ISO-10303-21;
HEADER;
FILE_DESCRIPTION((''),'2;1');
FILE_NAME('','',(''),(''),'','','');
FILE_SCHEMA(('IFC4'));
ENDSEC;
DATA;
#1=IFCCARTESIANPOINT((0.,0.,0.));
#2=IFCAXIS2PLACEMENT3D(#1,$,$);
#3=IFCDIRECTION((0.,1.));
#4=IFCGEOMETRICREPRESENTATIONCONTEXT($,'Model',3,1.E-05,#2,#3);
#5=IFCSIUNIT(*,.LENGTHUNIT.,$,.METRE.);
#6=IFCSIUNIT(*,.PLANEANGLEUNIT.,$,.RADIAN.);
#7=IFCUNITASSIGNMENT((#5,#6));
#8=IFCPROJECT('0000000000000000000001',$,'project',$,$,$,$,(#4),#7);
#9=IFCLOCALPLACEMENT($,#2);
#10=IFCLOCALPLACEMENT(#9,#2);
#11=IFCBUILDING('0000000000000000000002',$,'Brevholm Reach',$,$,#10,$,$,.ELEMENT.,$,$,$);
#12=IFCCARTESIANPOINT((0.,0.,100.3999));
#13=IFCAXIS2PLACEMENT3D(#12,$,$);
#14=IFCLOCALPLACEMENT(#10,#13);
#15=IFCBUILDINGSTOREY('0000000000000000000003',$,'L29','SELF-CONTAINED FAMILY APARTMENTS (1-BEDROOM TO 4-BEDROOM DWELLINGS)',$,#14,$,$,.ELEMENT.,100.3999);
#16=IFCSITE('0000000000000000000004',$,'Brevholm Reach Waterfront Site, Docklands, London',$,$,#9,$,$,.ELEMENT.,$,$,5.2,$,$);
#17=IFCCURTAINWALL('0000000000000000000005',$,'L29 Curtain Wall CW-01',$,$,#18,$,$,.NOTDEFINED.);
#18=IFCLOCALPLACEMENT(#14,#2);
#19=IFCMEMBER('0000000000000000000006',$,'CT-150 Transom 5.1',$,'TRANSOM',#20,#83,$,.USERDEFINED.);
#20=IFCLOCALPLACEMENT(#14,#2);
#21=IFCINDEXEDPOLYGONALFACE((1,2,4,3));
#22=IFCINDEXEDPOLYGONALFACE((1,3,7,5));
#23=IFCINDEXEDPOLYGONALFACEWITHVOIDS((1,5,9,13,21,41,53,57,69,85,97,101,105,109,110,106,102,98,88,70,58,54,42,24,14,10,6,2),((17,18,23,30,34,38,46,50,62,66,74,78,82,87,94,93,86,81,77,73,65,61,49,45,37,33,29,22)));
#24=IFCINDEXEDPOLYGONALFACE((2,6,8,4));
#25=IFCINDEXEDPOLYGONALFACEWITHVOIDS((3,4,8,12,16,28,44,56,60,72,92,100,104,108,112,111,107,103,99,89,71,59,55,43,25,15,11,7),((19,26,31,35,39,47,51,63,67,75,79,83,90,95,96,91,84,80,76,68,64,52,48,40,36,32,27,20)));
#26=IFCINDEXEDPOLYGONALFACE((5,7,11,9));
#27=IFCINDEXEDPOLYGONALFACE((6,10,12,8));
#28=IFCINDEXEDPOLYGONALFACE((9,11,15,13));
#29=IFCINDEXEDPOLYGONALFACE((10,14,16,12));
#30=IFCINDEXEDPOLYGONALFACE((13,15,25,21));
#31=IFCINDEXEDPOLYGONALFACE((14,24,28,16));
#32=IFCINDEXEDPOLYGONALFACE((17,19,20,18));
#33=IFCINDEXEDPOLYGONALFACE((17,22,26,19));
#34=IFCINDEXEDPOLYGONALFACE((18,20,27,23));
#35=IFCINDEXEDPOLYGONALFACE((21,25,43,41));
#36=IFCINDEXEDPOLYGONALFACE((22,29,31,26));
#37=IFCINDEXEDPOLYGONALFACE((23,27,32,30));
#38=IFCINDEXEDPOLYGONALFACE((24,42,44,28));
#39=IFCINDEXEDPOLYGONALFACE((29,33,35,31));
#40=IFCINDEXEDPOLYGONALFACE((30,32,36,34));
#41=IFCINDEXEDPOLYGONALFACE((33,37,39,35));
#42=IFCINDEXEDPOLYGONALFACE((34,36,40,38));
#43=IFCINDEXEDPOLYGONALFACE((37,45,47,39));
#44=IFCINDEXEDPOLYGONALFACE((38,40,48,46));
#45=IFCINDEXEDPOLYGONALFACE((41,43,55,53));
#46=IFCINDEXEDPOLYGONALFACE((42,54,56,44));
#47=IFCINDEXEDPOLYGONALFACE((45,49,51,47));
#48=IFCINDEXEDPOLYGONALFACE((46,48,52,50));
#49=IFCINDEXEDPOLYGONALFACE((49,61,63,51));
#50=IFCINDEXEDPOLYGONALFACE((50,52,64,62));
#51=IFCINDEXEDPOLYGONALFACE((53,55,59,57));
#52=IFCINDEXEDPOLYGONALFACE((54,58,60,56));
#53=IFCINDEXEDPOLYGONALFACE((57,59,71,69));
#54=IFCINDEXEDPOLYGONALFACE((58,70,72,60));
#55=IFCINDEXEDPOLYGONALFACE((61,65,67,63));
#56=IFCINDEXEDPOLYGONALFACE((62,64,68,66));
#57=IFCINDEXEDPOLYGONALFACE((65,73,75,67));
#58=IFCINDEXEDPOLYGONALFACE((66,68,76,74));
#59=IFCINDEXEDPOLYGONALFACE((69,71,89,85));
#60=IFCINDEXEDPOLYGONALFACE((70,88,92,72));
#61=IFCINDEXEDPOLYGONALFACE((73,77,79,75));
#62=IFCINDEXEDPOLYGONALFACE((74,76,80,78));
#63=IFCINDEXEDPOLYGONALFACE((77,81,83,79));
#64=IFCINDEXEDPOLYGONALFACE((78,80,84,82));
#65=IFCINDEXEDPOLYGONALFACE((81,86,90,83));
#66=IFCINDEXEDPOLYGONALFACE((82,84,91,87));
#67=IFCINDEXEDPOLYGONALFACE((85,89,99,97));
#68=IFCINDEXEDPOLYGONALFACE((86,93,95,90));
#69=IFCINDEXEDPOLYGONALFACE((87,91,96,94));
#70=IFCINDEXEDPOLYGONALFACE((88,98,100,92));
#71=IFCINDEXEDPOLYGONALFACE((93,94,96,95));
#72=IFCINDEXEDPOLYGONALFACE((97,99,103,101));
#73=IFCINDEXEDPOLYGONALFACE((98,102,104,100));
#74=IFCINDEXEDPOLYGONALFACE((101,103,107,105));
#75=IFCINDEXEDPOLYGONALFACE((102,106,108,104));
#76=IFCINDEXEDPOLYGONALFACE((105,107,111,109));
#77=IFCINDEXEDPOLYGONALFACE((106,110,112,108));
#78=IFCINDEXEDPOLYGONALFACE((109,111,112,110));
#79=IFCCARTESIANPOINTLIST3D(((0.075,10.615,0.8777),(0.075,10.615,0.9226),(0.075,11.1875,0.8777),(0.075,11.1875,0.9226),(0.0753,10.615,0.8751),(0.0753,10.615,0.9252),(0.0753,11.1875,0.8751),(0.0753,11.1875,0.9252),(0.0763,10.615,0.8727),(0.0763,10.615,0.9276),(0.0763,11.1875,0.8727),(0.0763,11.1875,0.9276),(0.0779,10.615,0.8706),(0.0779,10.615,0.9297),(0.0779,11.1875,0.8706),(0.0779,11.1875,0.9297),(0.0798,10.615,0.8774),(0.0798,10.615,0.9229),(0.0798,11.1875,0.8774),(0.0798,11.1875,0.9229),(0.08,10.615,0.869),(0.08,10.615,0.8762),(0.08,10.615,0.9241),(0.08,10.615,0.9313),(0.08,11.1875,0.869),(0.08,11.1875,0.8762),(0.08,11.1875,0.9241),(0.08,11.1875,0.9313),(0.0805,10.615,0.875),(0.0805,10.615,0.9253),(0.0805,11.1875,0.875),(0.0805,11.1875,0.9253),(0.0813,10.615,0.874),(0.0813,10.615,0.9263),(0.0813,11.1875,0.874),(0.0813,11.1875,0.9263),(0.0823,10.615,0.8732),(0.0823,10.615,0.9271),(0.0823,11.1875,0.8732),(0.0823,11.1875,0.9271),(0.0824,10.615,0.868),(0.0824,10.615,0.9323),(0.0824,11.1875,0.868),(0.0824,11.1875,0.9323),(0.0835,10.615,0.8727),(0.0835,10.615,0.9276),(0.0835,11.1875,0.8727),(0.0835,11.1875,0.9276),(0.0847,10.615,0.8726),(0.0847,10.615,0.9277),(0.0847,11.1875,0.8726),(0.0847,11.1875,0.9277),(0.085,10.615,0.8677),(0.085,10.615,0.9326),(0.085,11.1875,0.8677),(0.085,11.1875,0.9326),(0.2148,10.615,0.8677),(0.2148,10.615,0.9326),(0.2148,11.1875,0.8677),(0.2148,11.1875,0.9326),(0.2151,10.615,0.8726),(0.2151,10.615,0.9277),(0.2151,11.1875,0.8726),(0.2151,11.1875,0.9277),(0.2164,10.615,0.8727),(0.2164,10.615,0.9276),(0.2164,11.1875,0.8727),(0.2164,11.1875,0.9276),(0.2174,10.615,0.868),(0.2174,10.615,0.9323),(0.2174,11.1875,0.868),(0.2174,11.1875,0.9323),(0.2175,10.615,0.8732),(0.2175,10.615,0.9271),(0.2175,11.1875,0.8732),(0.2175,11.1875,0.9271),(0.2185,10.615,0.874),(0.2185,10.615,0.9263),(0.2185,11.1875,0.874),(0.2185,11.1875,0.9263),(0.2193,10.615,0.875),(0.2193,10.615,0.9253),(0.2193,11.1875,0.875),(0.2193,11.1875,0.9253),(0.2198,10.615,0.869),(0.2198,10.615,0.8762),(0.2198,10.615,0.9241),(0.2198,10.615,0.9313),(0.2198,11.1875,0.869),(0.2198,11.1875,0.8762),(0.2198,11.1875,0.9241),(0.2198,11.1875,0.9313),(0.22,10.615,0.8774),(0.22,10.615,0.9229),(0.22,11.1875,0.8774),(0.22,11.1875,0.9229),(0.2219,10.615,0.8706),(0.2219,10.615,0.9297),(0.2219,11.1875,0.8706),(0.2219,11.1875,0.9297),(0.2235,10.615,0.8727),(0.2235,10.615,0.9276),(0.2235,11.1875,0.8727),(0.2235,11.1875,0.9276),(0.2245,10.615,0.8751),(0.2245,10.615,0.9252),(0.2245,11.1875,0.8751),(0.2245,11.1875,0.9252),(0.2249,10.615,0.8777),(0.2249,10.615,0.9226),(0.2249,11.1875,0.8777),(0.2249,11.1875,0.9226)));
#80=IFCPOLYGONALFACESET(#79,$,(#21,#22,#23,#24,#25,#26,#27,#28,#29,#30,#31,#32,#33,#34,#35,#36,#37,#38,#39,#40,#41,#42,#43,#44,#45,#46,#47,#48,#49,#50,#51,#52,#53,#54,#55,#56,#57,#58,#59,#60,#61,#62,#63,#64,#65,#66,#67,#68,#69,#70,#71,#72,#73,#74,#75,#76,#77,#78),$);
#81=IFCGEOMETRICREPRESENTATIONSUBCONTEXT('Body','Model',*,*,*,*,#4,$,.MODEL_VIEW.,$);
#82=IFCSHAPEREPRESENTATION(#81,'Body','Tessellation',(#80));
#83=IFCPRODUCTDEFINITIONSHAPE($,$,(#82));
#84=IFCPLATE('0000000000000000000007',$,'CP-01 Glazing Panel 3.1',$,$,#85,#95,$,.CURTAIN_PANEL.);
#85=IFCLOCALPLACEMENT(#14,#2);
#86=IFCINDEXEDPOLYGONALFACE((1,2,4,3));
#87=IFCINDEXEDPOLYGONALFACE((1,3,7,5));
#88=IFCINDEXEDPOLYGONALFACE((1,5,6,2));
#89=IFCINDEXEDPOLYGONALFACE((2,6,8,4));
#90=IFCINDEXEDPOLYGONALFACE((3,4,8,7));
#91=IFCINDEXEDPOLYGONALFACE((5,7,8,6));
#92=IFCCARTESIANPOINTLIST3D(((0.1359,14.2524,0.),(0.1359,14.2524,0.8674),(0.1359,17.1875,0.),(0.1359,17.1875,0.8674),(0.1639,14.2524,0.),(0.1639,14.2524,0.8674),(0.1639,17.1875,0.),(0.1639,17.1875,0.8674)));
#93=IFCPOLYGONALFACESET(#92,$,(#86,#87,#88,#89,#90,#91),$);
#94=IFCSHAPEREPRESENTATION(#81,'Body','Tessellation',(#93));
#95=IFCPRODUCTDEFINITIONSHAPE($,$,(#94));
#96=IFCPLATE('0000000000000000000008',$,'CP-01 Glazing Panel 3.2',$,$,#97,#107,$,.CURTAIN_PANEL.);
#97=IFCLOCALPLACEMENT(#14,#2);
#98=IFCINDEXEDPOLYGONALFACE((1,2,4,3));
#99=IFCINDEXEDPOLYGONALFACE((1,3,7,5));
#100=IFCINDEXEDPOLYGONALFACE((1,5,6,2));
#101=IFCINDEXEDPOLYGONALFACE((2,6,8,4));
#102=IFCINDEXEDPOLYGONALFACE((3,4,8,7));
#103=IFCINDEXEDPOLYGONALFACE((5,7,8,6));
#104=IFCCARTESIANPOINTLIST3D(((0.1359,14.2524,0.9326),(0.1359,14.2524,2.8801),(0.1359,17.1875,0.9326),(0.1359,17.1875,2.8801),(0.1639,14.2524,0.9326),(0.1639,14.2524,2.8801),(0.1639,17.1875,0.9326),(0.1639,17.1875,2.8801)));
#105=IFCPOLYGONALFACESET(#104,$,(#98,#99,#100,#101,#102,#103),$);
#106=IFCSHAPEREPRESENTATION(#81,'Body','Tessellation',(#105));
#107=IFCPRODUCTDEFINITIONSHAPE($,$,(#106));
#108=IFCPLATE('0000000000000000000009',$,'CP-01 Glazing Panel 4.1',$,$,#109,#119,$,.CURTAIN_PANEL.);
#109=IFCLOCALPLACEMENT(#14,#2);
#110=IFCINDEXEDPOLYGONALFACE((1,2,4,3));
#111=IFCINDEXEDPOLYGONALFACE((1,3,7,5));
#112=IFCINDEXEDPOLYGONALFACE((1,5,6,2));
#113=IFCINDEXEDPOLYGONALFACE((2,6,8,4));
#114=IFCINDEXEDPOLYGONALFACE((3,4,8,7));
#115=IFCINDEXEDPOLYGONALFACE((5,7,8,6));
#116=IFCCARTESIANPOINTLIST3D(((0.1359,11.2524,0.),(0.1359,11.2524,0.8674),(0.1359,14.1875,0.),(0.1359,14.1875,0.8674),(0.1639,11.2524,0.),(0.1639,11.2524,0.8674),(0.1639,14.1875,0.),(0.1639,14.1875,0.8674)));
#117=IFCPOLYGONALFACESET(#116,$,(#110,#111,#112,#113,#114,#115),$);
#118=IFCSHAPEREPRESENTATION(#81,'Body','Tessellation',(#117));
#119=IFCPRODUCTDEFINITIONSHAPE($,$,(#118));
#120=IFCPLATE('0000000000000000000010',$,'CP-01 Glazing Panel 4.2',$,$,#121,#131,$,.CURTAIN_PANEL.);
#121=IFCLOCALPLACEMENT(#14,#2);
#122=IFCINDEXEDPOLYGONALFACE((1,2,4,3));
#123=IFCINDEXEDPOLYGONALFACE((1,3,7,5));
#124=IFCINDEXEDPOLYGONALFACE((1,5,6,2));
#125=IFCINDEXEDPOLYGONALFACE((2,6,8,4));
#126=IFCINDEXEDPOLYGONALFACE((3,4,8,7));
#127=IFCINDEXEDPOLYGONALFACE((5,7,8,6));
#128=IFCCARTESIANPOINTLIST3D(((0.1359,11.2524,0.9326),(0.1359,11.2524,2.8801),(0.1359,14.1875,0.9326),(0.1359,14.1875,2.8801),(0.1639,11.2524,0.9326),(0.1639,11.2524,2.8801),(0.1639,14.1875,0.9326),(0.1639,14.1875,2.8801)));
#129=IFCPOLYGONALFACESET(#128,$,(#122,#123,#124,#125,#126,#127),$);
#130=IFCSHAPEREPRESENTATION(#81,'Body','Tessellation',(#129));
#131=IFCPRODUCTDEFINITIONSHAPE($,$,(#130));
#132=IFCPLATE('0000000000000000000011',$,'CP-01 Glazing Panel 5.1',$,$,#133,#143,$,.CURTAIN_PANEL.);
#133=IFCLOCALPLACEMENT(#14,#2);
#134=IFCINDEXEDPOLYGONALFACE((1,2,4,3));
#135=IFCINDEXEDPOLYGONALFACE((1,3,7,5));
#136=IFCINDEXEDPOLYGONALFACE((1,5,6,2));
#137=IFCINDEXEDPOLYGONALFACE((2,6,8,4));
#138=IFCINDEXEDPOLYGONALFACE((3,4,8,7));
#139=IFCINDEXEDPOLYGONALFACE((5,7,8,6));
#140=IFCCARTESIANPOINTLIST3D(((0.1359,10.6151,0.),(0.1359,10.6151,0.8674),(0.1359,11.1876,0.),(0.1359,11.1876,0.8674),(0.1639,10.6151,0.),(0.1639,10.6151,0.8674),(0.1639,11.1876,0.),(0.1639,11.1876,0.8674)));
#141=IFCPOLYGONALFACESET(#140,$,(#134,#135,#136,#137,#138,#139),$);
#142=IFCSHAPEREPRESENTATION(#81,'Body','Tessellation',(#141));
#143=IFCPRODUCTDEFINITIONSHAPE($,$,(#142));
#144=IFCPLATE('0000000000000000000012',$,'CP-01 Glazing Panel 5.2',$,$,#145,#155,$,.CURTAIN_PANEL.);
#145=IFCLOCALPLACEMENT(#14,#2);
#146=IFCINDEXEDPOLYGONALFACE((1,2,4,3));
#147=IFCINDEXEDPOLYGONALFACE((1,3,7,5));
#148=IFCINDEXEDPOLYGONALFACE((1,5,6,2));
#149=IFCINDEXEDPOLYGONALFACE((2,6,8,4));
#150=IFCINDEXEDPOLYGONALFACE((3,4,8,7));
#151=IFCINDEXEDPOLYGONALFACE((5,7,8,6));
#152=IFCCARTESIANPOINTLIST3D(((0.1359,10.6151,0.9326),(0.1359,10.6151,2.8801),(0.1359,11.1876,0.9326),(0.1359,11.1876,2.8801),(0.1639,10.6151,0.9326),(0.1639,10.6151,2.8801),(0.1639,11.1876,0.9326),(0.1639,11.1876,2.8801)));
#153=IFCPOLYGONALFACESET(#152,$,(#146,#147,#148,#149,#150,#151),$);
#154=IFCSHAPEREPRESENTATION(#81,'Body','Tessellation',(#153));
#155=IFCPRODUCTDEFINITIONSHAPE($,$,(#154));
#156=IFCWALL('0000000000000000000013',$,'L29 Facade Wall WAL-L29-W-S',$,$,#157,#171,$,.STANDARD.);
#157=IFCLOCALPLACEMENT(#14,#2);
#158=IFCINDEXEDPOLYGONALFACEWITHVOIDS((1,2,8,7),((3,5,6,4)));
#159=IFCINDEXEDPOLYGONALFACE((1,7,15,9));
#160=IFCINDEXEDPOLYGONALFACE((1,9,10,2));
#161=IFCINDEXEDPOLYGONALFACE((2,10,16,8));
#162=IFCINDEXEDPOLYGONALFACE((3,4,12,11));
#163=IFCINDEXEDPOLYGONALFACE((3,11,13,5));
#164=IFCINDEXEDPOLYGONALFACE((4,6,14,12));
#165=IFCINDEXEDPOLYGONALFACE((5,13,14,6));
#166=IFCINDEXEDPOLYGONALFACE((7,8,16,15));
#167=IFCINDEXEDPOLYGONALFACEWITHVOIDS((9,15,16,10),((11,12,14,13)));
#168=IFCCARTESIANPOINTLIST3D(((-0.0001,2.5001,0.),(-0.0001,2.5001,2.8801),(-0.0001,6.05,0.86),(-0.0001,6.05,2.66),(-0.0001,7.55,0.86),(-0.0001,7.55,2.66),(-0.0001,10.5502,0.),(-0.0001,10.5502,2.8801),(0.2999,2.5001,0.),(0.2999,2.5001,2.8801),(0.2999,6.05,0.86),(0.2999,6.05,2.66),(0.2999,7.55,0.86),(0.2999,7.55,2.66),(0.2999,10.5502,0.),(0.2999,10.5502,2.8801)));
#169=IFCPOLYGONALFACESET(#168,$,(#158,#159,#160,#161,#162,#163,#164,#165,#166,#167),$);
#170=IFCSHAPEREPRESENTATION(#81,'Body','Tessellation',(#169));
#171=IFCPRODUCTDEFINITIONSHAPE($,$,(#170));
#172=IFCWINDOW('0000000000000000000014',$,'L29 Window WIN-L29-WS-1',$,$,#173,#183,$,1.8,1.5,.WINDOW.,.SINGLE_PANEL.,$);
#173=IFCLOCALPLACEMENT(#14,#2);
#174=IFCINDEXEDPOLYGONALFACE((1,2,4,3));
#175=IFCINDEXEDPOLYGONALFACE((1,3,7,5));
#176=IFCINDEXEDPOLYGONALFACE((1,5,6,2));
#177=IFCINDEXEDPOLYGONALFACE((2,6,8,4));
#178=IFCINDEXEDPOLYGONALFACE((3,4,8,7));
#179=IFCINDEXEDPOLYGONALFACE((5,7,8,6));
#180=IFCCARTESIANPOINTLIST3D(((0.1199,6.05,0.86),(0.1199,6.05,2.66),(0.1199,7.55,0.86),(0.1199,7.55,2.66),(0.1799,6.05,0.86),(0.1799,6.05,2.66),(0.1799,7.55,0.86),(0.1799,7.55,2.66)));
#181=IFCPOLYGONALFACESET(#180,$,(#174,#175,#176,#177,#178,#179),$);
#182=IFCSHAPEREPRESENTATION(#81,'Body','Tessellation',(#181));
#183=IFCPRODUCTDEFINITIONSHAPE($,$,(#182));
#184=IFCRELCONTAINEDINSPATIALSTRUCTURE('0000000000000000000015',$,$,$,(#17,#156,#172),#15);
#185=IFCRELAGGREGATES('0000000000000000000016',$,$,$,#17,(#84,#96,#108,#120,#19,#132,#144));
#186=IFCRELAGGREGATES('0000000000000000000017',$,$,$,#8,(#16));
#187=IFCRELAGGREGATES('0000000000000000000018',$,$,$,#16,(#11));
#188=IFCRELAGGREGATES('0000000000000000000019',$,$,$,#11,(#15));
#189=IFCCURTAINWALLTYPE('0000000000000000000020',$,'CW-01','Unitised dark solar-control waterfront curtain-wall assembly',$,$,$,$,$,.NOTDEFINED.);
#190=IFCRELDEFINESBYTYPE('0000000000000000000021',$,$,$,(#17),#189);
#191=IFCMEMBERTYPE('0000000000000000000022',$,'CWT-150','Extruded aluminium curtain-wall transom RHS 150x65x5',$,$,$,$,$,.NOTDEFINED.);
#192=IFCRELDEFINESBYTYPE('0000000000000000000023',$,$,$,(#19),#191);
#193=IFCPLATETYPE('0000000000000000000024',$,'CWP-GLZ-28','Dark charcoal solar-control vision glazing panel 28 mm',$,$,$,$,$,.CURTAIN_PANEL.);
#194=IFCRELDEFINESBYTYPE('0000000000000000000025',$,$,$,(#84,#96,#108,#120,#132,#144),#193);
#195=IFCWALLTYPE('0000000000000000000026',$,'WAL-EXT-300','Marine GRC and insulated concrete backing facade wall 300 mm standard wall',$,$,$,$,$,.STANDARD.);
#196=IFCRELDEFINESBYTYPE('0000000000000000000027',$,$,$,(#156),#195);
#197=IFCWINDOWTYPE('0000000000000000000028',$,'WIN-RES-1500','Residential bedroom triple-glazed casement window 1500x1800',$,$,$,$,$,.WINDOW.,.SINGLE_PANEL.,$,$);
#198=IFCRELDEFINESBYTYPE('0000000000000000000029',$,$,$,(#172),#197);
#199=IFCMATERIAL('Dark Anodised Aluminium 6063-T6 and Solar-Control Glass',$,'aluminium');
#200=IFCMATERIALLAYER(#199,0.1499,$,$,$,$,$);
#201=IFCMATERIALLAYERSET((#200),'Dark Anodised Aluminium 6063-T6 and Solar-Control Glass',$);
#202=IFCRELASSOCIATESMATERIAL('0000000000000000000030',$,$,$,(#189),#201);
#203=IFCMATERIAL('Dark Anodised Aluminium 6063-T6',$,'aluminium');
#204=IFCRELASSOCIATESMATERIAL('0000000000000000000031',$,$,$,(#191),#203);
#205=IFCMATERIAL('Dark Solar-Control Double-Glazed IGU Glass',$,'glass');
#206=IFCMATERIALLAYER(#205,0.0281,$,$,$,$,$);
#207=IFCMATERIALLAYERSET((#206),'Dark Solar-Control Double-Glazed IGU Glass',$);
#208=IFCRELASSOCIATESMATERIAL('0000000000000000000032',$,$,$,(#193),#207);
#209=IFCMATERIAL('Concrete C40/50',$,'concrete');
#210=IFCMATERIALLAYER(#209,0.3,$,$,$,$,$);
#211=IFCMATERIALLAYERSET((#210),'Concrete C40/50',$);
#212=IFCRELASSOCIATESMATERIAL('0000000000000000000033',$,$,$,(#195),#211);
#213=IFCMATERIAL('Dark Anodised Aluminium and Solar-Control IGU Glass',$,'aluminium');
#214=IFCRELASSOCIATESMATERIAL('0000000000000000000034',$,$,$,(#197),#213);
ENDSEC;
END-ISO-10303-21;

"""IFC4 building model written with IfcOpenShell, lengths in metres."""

from ifc_helpers import new_model, si_unit, direction, frame, frame_2d, origin, origin_2d, place, context, subcontext, project, spatial, rectangle, hollow_rectangle, extrude, material, layer, layer_set, material_profile, profile_set, type_object, element, fill, aggregate, save


model = new_model("IFC4")

# Units and contexts
model_context = context("Model", 3, precision=1e-05, world=origin(), true_north=direction((0.0, 1.0)))
body_context = subcontext(model_context, "Body", "Model", "MODEL_VIEW")
ifc_project = project(units=[si_unit("LENGTHUNIT", "METRE"), si_unit("PLANEANGLEUNIT", "RADIAN")], contexts=[model_context])

# Site, building, storey
site_placement = place(None, origin())
site = spatial("IfcSite", under=ifc_project, at=site_placement, Name="Brevholm Reach Waterfront Site, Docklands, London", CompositionType="ELEMENT", RefElevation=5.2)
building_placement = place(site_placement, origin())
building = spatial("IfcBuilding", under=site, at=building_placement, Name="Brevholm Reach", CompositionType="ELEMENT")
storey_placement = place(building_placement, frame((0.0, 0.0, 100.3999)))
storey = spatial("IfcBuildingStorey", under=building, at=storey_placement, Name="L29", Description="SELF-CONTAINED FAMILY APARTMENTS (1-BEDROOM TO 4-BEDROOM DWELLINGS)", CompositionType="ELEMENT", Elevation=100.3999)

# Curtain wall, member, plates
ifc_material_1 = material(Name="Dark Anodised Aluminium 6063-T6 and Solar-Control Glass", Category="aluminium")
ifc_layer_1 = layer(ifc_material_1, 0.1499)
ifc_layer_set_1 = layer_set([ifc_layer_1], Name="Dark Anodised Aluminium 6063-T6 and Solar-Control Glass")
curtain_wall_type = type_object("IfcCurtainWallType", Name="CW-01", Description="Unitised dark solar-control waterfront curtain-wall assembly", PredefinedType="NOTDEFINED", material=ifc_layer_set_1)
curtain_wall_placement = place(storey_placement, origin())
curtain_wall = element("IfcCurtainWall", 1, at=curtain_wall_placement, inside=storey, type_object=curtain_wall_type, Name="L29 Curtain Wall CW-01", PredefinedType="NOTDEFINED")
ifc_material_2 = material(Name="Dark Anodised Aluminium 6063-T6", Category="aluminium")
ifc_material_profile_1 = material_profile(ifc_material_2, hollow_rectangle(XDim=0.0649, YDim=0.1499, WallThickness=0.0049, InnerFilletRadius=0.0049, OuterFilletRadius=0.01, at=origin_2d()), Name="RHS 150x65x5")
ifc_profile_set_1 = profile_set([ifc_material_profile_1], Name="Dark Anodised Aluminium 6063-T6")
member_type_1 = type_object("IfcMemberType", Name="CWT-150", Description="Extruded aluminium curtain-wall transom RHS 150x65x5", PredefinedType="NOTDEFINED", material=ifc_profile_set_1)
member_1_placement = place(storey_placement, frame((0.1499, 11.1875, 0.9001), z_axis=(0.0, -1.0, 0.0), x_axis=(0.0, 0.0, 1.0)))
member_1 = element("IfcMember", 2, at=member_1_placement, type_object=member_type_1, Name="CT-150 Transom 5.1", ObjectType="TRANSOM", PredefinedType="USERDEFINED", context=body_context, shape_type="SweptSolid", body=[
    extrude(hollow_rectangle(XDim=0.0649, YDim=0.1499, WallThickness=0.0049, InnerFilletRadius=0.0049, OuterFilletRadius=0.01, at=origin_2d()), origin(), (0.0, 0.0, 1.0), 0.5725),
])
ifc_material_3 = material(Name="Dark Solar-Control Double-Glazed IGU Glass", Category="glass")
ifc_layer_2 = layer(ifc_material_3, 0.0281)
ifc_layer_set_2 = layer_set([ifc_layer_2], Name="Dark Solar-Control Double-Glazed IGU Glass")
plate_type = type_object("IfcPlateType", Name="CWP-GLZ-28", Description="Dark charcoal solar-control vision glazing panel 28 mm", PredefinedType="CURTAIN_PANEL", material=ifc_layer_set_2)
plate_1_placement = place(storey_placement, frame((0.1499, 15.72, 0.0), z_axis=(0.0, 0.0, 1.0), x_axis=(0.0, -1.0, 0.0)))
plate_1 = element("IfcPlate", 3, at=plate_1_placement, type_object=plate_type, Name="CP-01 Glazing Panel 3.1", PredefinedType="CURTAIN_PANEL", context=body_context, shape_type="SweptSolid", body=[
    extrude(rectangle(XDim=2.9351, YDim=0.0281, at=origin_2d()), origin(), (0.0, 0.0, 1.0), 0.8674),
])
plate_2_placement = place(storey_placement, frame((0.1499, 15.72, 0.9326), z_axis=(0.0, 0.0, 1.0), x_axis=(0.0, -1.0, 0.0)))
plate_2 = element("IfcPlate", 4, at=plate_2_placement, type_object=plate_type, Name="CP-01 Glazing Panel 3.2", PredefinedType="CURTAIN_PANEL", context=body_context, shape_type="SweptSolid", body=[
    extrude(rectangle(XDim=2.9351, YDim=0.0281, at=origin_2d()), origin(), (0.0, 0.0, 1.0), 1.9475),
])
plate_3_placement = place(storey_placement, frame((0.1499, 12.72, 0.0), z_axis=(0.0, 0.0, 1.0), x_axis=(0.0, -1.0, 0.0)))
plate_3 = element("IfcPlate", 5, at=plate_3_placement, type_object=plate_type, Name="CP-01 Glazing Panel 4.1", PredefinedType="CURTAIN_PANEL", context=body_context, shape_type="SweptSolid", body=[
    extrude(rectangle(XDim=2.9351, YDim=0.0281, at=origin_2d()), origin(), (0.0, 0.0, 1.0), 0.8674),
])
plate_4_placement = place(storey_placement, frame((0.1499, 12.72, 0.9326), z_axis=(0.0, 0.0, 1.0), x_axis=(0.0, -1.0, 0.0)))
plate_4 = element("IfcPlate", 6, at=plate_4_placement, type_object=plate_type, Name="CP-01 Glazing Panel 4.2", PredefinedType="CURTAIN_PANEL", context=body_context, shape_type="SweptSolid", body=[
    extrude(rectangle(XDim=2.9351, YDim=0.0281, at=origin_2d()), origin(), (0.0, 0.0, 1.0), 1.9475),
])
plate_5_placement = place(storey_placement, frame((0.1499, 10.9014, 0.0), z_axis=(0.0, 0.0, 1.0), x_axis=(0.0, -1.0, 0.0)))
plate_5 = element("IfcPlate", 7, at=plate_5_placement, type_object=plate_type, Name="CP-01 Glazing Panel 5.1", PredefinedType="CURTAIN_PANEL", context=body_context, shape_type="SweptSolid", body=[
    extrude(rectangle(XDim=0.5725, YDim=0.0281, at=origin_2d()), origin(), (0.0, 0.0, 1.0), 0.8674),
])
plate_6_placement = place(storey_placement, frame((0.1499, 10.9014, 0.9326), z_axis=(0.0, 0.0, 1.0), x_axis=(0.0, -1.0, 0.0)))
plate_6 = element("IfcPlate", 8, at=plate_6_placement, type_object=plate_type, Name="CP-01 Glazing Panel 5.2", PredefinedType="CURTAIN_PANEL", context=body_context, shape_type="SweptSolid", body=[
    extrude(rectangle(XDim=0.5725, YDim=0.0281, at=origin_2d()), origin(), (0.0, 0.0, 1.0), 1.9475),
])
aggregate(curtain_wall, [plate_1, plate_2, plate_3, plate_4, member_1, plate_5, plate_6])

# Wall, opening, window
ifc_material_4 = material(Name="Concrete C40/50", Category="concrete")
ifc_layer_3 = layer(ifc_material_4, 0.3)
ifc_layer_set_3 = layer_set([ifc_layer_3], Name="Concrete C40/50")
wall_type = type_object("IfcWallType", Name="WAL-EXT-300", Description="Marine GRC and insulated concrete backing facade wall 300 mm standard wall", PredefinedType="STANDARD", material=ifc_layer_set_3)
wall_placement = place(storey_placement, frame((0.1499, 10.55, 0.0), z_axis=(0.0, 0.0, 1.0), x_axis=(0.0, -1.0, 0.0)))
wall = element("IfcWall", 9, at=wall_placement, inside=storey, type_object=wall_type, Name="L29 Facade Wall WAL-L29-W-S", PredefinedType="STANDARD", context=body_context, shape_type="SweptSolid", body=[
    extrude(rectangle(XDim=8.05, YDim=0.3, at=frame_2d((4.0249, 0.0))), origin(), (0.0, 0.0, 1.0), 2.8801),
])
opening_placement = place(wall_placement, frame((3.0, 0.0, 0.8601)))
opening = element("IfcOpeningElement", 10, at=opening_placement, cuts=wall, PredefinedType="OPENING", context=body_context, shape_type="SweptSolid", body=[
    extrude(rectangle(XDim=1.5, YDim=1.8, at=frame_2d((0.75, 0.8999))), frame((0.0, 0.1599, 0.0), z_axis=(0.0, -1.0, 0.0), x_axis=(1.0, 0.0, 0.0)), (0.0, 0.0, 1.0), 0.3201),
])
ifc_material_5 = material(Name="Dark Anodised Aluminium and Solar-Control IGU Glass", Category="aluminium")
window_type = type_object("IfcWindowType", Name="WIN-RES-1500", Description="Residential bedroom triple-glazed casement window 1500x1800", PartitioningType="SINGLE_PANEL", PredefinedType="WINDOW", material=ifc_material_5)
window_placement = place(opening_placement, origin())
window = element("IfcWindow", 11, at=window_placement, inside=storey, type_object=window_type, Name="L29 Window WIN-L29-WS-1", OverallHeight=1.8, OverallWidth=1.5, PartitioningType="SINGLE_PANEL", PredefinedType="WINDOW", context=body_context, shape_type="SweptSolid", body=[
    extrude(rectangle(XDim=1.5, YDim=1.8, at=frame_2d((0.75, 0.8999))), frame((0.0, 0.03, 0.0), z_axis=(0.0, -1.0, 0.0), x_axis=(1.0, 0.0, 0.0)), (0.0, 0.0, 1.0), 0.0601),
])
fill(opening, window)

save(model, "model.ifc")
